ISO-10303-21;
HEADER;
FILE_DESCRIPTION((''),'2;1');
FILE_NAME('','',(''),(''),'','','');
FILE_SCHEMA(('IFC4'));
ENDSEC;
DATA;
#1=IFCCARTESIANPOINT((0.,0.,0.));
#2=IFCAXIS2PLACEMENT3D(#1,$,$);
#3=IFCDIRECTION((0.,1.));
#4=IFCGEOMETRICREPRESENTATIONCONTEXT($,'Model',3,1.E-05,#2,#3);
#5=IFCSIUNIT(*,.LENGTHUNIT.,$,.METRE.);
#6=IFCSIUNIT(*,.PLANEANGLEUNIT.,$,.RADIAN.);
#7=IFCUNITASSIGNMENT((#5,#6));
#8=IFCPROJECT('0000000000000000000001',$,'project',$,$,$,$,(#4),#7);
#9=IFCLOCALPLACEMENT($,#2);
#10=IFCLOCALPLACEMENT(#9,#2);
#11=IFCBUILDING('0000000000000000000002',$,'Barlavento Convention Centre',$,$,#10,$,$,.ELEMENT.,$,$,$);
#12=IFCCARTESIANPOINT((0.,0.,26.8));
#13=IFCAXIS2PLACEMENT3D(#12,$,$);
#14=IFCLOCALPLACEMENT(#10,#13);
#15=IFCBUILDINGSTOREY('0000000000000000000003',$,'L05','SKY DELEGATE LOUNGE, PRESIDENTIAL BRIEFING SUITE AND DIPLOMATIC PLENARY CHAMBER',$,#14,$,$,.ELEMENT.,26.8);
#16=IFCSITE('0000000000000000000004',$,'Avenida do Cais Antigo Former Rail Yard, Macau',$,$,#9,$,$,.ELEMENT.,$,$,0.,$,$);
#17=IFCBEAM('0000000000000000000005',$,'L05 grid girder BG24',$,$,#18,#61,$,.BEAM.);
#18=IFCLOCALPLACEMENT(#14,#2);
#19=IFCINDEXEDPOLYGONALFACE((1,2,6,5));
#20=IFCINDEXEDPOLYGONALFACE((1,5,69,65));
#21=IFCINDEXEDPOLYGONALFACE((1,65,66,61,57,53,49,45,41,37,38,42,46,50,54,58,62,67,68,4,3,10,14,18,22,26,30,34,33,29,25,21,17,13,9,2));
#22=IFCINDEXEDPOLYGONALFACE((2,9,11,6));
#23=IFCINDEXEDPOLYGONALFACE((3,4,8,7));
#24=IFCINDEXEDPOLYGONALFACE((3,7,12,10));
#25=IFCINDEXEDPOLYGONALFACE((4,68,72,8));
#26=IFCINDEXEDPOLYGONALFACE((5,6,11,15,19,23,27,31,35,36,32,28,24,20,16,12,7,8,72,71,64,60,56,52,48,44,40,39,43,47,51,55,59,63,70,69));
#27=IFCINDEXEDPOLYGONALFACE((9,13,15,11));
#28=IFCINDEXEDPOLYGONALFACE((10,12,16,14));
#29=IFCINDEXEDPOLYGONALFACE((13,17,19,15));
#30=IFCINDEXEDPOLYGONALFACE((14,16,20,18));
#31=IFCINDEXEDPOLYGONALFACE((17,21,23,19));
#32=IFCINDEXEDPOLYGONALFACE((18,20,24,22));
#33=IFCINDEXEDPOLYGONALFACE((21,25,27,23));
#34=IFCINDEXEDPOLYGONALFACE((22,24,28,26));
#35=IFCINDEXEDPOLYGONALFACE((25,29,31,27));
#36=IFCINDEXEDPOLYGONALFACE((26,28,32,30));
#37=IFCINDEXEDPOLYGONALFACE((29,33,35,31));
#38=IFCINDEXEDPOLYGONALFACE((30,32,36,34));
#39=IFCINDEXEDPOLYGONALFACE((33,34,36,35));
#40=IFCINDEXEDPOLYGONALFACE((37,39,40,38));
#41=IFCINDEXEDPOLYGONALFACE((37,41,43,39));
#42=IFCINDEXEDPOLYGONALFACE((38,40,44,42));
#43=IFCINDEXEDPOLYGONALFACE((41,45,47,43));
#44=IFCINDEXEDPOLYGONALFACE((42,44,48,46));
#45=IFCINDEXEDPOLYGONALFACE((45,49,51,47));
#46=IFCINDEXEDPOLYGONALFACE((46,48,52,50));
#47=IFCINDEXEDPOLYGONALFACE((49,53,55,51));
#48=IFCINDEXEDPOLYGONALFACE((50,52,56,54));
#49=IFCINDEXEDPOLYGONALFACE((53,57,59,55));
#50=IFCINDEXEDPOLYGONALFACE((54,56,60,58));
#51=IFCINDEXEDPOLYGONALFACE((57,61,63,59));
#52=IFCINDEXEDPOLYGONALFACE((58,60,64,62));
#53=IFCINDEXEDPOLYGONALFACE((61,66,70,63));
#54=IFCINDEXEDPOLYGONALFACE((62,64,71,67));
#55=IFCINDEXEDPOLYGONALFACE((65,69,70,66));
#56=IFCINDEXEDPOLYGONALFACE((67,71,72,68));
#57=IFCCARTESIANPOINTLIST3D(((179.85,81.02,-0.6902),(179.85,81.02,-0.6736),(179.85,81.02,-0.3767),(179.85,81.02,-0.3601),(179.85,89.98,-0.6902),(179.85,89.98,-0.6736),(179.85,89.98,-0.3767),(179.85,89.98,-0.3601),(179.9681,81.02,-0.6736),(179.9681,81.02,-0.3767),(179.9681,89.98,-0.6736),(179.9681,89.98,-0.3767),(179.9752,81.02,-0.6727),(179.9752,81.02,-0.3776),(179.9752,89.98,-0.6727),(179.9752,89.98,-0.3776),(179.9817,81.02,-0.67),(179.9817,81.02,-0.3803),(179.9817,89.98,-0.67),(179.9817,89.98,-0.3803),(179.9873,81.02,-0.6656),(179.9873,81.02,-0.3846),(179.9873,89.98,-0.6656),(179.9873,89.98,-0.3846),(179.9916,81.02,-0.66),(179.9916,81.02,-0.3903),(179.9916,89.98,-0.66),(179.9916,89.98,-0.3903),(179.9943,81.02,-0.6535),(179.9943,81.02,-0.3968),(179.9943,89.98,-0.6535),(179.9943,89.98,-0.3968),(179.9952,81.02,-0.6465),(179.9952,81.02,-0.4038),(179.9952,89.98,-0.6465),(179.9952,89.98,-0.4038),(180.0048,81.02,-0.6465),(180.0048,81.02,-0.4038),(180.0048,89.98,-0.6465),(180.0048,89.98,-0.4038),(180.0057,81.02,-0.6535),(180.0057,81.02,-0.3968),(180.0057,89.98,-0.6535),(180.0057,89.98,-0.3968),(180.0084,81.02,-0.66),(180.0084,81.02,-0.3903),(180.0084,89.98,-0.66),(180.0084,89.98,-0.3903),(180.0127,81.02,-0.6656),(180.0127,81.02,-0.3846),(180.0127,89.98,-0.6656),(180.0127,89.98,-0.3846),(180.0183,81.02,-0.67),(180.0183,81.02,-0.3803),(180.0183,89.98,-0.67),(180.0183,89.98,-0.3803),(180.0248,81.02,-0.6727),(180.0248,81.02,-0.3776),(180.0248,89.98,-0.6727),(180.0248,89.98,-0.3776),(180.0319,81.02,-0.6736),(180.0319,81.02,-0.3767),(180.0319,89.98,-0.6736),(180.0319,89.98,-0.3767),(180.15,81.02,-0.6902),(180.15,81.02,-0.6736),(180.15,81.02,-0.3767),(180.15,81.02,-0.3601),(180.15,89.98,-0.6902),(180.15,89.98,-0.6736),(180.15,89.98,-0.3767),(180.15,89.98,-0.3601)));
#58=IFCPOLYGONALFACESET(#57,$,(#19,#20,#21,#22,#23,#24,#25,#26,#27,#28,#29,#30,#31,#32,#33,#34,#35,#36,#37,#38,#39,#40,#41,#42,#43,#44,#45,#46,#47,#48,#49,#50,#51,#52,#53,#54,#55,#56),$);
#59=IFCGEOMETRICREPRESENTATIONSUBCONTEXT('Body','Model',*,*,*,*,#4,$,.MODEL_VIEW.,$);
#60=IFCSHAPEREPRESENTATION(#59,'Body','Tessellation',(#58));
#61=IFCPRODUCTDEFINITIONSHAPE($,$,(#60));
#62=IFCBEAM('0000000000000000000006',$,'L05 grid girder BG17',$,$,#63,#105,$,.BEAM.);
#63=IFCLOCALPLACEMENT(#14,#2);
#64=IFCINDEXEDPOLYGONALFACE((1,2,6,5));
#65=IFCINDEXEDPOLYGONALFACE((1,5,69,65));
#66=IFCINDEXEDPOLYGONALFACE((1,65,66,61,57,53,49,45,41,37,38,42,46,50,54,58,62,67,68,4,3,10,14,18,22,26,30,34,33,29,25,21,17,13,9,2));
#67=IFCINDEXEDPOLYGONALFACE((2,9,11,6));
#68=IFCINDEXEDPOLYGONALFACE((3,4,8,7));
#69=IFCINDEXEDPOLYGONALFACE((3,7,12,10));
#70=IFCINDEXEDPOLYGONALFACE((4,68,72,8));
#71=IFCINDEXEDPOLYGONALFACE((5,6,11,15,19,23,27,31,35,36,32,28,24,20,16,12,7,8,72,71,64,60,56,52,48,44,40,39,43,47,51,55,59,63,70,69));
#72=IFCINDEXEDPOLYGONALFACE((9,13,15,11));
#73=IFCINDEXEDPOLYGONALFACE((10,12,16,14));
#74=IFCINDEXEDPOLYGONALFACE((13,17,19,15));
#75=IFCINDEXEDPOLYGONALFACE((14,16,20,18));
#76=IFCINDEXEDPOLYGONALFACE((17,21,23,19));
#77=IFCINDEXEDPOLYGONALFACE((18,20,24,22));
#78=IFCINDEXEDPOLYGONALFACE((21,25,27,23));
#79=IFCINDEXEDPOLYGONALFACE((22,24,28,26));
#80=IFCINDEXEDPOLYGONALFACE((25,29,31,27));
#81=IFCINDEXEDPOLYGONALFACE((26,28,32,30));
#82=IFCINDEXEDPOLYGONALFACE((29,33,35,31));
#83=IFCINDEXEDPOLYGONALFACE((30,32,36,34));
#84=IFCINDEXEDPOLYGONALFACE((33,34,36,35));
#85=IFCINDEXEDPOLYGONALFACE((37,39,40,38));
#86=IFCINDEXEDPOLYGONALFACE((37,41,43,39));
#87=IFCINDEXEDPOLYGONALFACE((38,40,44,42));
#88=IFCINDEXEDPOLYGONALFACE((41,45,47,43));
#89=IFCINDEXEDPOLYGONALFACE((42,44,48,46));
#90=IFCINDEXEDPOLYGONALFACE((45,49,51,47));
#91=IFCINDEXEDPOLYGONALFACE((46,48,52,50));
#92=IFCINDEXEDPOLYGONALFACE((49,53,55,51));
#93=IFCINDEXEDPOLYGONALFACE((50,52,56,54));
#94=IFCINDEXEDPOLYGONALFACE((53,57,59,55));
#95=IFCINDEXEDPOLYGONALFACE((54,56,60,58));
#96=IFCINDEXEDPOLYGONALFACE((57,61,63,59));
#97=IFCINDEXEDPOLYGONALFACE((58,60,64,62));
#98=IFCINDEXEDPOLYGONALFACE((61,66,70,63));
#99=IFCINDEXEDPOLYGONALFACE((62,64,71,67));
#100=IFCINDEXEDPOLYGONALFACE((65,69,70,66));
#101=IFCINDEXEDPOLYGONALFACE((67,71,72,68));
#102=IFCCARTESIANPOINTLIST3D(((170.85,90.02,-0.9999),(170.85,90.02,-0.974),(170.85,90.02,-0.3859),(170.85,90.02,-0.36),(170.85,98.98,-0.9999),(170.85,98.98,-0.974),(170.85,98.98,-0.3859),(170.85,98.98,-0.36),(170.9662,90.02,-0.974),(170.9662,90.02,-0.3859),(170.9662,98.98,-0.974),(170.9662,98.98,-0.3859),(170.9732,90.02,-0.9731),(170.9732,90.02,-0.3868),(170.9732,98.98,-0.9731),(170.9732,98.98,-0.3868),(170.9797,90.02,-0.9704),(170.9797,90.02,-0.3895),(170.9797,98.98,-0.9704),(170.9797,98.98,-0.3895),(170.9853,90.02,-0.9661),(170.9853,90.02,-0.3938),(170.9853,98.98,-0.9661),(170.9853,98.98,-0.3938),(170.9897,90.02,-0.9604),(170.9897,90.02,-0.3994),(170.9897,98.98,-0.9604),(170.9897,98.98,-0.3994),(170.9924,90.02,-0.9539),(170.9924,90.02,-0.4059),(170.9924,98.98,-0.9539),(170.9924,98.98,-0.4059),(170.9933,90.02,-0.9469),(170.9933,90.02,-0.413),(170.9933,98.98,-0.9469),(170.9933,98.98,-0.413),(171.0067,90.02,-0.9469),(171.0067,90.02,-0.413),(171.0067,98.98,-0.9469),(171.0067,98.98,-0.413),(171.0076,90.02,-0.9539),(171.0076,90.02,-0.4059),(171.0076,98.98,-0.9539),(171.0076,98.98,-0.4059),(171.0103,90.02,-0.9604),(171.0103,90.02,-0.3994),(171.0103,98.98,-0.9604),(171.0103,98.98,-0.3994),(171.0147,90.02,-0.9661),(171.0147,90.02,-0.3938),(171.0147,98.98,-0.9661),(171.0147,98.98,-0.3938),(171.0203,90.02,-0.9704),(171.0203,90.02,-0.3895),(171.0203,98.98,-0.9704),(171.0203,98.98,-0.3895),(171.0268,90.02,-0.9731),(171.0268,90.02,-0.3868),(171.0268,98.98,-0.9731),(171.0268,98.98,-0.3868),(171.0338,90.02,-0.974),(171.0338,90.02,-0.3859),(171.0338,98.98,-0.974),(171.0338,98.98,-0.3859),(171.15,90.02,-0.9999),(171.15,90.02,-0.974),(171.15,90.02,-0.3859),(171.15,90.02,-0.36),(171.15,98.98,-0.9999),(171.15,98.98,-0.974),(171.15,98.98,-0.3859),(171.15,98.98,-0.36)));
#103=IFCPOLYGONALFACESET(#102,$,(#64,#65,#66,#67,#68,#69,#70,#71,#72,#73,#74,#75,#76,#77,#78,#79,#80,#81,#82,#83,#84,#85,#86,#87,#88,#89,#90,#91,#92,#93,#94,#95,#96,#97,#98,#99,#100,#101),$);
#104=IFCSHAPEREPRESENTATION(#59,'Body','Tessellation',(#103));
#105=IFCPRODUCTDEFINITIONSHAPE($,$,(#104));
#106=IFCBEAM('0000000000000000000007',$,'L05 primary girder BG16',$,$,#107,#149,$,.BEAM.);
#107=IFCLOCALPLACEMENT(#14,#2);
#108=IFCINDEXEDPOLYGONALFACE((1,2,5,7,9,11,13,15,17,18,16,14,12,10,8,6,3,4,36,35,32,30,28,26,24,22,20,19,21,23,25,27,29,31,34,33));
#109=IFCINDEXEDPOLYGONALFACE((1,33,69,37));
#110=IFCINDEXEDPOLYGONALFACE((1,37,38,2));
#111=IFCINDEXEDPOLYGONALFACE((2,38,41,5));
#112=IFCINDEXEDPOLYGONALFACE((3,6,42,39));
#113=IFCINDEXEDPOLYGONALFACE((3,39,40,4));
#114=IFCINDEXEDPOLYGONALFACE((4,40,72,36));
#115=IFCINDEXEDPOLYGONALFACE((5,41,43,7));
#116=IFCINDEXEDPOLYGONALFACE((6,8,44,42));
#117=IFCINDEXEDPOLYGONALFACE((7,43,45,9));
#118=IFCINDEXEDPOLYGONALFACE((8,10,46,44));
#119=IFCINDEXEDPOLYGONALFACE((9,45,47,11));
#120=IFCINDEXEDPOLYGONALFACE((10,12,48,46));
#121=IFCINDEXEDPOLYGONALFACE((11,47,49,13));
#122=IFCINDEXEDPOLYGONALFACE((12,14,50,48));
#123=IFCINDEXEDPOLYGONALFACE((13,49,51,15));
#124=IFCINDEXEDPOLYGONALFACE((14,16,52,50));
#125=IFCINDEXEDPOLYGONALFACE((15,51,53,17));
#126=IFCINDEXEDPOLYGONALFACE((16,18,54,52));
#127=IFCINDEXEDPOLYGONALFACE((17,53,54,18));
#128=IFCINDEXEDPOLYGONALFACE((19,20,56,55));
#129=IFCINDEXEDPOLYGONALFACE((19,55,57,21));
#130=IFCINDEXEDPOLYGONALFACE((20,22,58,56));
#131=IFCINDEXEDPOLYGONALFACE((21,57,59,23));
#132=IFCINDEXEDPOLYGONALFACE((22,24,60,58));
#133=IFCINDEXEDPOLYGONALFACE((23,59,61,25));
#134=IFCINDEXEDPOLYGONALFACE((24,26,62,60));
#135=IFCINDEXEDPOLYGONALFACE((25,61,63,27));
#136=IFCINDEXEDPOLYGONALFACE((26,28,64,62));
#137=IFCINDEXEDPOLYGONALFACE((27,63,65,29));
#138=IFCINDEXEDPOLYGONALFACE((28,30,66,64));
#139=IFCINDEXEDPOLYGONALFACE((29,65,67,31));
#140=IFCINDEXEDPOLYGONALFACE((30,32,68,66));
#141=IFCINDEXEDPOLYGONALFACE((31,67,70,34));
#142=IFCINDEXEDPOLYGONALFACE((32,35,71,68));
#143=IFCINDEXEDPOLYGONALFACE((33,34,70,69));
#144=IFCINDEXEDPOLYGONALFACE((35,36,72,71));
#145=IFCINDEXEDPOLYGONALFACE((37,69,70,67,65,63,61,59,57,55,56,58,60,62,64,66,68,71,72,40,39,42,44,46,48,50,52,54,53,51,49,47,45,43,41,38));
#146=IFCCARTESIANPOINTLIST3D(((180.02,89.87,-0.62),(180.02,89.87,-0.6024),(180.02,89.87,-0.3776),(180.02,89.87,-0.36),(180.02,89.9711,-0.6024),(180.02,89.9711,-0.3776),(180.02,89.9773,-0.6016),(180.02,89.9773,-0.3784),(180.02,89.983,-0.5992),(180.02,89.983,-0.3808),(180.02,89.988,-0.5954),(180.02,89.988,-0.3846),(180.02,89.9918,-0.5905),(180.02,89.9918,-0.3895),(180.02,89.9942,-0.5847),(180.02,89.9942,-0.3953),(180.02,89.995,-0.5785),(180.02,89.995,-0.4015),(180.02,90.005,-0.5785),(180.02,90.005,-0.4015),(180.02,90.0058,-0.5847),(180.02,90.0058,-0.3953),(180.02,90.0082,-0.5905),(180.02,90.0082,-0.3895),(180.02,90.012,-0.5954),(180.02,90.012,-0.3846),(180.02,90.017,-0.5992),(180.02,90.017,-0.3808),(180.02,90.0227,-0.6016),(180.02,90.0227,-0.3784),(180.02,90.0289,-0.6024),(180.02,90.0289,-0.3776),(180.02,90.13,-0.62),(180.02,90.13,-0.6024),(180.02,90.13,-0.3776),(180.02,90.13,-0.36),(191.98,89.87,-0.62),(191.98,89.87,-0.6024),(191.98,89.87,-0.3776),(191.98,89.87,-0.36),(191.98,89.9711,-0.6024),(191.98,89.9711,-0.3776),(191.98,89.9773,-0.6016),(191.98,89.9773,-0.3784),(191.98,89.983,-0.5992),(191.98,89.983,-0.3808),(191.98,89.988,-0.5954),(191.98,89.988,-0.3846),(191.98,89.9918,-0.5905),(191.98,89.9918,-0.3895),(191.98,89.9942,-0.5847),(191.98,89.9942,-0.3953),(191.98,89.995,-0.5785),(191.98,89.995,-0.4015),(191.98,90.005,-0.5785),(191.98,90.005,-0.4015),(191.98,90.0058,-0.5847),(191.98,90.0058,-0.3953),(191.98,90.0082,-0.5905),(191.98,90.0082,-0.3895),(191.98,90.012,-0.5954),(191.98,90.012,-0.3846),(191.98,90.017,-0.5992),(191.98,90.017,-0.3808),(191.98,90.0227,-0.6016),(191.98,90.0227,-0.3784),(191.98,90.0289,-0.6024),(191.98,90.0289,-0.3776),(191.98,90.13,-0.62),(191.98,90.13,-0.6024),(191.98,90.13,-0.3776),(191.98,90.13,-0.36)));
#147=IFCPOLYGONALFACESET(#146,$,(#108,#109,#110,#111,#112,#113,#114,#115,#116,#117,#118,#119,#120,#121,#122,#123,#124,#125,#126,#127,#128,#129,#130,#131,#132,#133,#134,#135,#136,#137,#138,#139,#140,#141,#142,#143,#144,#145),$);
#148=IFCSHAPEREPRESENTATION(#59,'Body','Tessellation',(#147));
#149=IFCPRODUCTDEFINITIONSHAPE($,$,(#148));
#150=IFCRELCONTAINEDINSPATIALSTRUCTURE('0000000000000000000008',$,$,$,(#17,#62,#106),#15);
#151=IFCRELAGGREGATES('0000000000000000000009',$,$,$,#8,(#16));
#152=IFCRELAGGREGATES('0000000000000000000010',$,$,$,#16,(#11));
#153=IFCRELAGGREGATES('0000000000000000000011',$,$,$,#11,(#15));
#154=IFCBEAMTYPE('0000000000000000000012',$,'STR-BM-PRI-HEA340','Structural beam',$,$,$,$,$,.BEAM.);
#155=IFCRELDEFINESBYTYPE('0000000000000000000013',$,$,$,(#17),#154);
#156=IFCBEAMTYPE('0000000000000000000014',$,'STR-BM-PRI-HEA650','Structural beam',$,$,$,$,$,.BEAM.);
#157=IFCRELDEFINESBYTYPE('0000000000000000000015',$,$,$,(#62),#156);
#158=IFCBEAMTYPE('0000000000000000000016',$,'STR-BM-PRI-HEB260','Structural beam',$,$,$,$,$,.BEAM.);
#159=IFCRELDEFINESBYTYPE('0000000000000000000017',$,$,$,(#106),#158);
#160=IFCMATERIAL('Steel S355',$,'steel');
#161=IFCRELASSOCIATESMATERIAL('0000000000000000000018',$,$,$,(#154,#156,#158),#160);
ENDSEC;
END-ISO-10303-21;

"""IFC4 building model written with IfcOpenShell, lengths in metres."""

from ifc_helpers import new_model, si_unit, direction, frame, origin, origin_2d, place, context, subcontext, project, spatial, i_section, extrude, material, material_profile, profile_set, type_object, element, save


model = new_model("IFC4")

# Units and contexts
model_context = context("Model", 3, precision=1e-05, world=origin(), true_north=direction((0.0, 1.0)))
body_context = subcontext(model_context, "Body", "Model", "MODEL_VIEW")
ifc_project = project(units=[si_unit("LENGTHUNIT", "METRE"), si_unit("PLANEANGLEUNIT", "RADIAN")], contexts=[model_context])

# Site, building, storey
site_placement = place(None, origin())
site = spatial("IfcSite", under=ifc_project, at=site_placement, Name="Avenida do Cais Antigo Former Rail Yard, Macau", CompositionType="ELEMENT", RefElevation=0.0)
building_placement = place(site_placement, origin())
building = spatial("IfcBuilding", under=site, at=building_placement, Name="Barlavento Convention Centre", CompositionType="ELEMENT")
storey_placement = place(building_placement, frame((0.0, 0.0, 26.8)))
storey = spatial("IfcBuildingStorey", under=building, at=storey_placement, Name="L05", Description="SKY DELEGATE LOUNGE, PRESIDENTIAL BRIEFING SUITE AND DIPLOMATIC PLENARY CHAMBER", CompositionType="ELEMENT", Elevation=26.8)

# Shared definitions
ifc_material_1 = material(Name="Steel S355", Category="steel")

# Beams
ifc_material_profile_1 = material_profile(ifc_material_1, i_section(OverallWidth=0.3, OverallDepth=0.3301, WebThickness=0.0095, FlangeThickness=0.0166, FilletRadius=0.0271, at=origin_2d()), Name="HEA 340")
ifc_profile_set_1 = profile_set([ifc_material_profile_1], Name="Steel S355")
beam_type_1 = type_object("IfcBeamType", Name="STR-BM-PRI-HEA340", Description="Structural beam", PredefinedType="BEAM", material=ifc_profile_set_1)
beam_1_placement = place(storey_placement, frame((180.0, 81.02, -0.5251), z_axis=(0.0, 1.0, 0.0), x_axis=(-1.0, 0.0, 0.0)))
element("IfcBeam", 1, at=beam_1_placement, inside=storey, type_object=beam_type_1, Name="L05 grid girder BG24", PredefinedType="BEAM", context=body_context, shape_type="SweptSolid", body=[
    extrude(i_section(OverallWidth=0.3, OverallDepth=0.3301, WebThickness=0.0095, FlangeThickness=0.0166, FilletRadius=0.0271, at=origin_2d()), origin(), (0.0, 0.0, 1.0), 8.96),
])
ifc_material_profile_2 = material_profile(ifc_material_1, i_section(OverallWidth=0.3, OverallDepth=0.6399, WebThickness=0.0134, FlangeThickness=0.0259, FilletRadius=0.0271, at=origin_2d()), Name="HEA 650")
ifc_profile_set_2 = profile_set([ifc_material_profile_2], Name="Steel S355")
beam_type_2 = type_object("IfcBeamType", Name="STR-BM-PRI-HEA650", Description="Structural beam", PredefinedType="BEAM", material=ifc_profile_set_2)
beam_2_placement = place(storey_placement, frame((171.0, 90.02, -0.6799), z_axis=(0.0, 1.0, 0.0), x_axis=(-1.0, 0.0, 0.0)))
element("IfcBeam", 2, at=beam_2_placement, inside=storey, type_object=beam_type_2, Name="L05 grid girder BG17", PredefinedType="BEAM", context=body_context, shape_type="SweptSolid", body=[
    extrude(i_section(OverallWidth=0.3, OverallDepth=0.6399, WebThickness=0.0134, FlangeThickness=0.0259, FilletRadius=0.0271, at=origin_2d()), origin(), (0.0, 0.0, 1.0), 8.96),
])
ifc_material_profile_3 = material_profile(ifc_material_1, i_section(OverallWidth=0.26, OverallDepth=0.26, WebThickness=0.01, FlangeThickness=0.0176, FilletRadius=0.0239, at=origin_2d()), Name="HEB 260")
ifc_profile_set_3 = profile_set([ifc_material_profile_3], Name="Steel S355")
beam_type_3 = type_object("IfcBeamType", Name="STR-BM-PRI-HEB260", Description="Structural beam", PredefinedType="BEAM", material=ifc_profile_set_3)
beam_3_placement = place(storey_placement, frame((180.02, 90.0, -0.49), z_axis=(1.0, 0.0, 0.0), x_axis=(0.0, 1.0, 0.0)))
element("IfcBeam", 3, at=beam_3_placement, inside=storey, type_object=beam_type_3, Name="L05 primary girder BG16", PredefinedType="BEAM", context=body_context, shape_type="SweptSolid", body=[
    extrude(i_section(OverallWidth=0.26, OverallDepth=0.26, WebThickness=0.01, FlangeThickness=0.0176, FilletRadius=0.0239, at=origin_2d()), origin(), (0.0, 0.0, 1.0), 11.96),
])

save(model, "model.ifc")
